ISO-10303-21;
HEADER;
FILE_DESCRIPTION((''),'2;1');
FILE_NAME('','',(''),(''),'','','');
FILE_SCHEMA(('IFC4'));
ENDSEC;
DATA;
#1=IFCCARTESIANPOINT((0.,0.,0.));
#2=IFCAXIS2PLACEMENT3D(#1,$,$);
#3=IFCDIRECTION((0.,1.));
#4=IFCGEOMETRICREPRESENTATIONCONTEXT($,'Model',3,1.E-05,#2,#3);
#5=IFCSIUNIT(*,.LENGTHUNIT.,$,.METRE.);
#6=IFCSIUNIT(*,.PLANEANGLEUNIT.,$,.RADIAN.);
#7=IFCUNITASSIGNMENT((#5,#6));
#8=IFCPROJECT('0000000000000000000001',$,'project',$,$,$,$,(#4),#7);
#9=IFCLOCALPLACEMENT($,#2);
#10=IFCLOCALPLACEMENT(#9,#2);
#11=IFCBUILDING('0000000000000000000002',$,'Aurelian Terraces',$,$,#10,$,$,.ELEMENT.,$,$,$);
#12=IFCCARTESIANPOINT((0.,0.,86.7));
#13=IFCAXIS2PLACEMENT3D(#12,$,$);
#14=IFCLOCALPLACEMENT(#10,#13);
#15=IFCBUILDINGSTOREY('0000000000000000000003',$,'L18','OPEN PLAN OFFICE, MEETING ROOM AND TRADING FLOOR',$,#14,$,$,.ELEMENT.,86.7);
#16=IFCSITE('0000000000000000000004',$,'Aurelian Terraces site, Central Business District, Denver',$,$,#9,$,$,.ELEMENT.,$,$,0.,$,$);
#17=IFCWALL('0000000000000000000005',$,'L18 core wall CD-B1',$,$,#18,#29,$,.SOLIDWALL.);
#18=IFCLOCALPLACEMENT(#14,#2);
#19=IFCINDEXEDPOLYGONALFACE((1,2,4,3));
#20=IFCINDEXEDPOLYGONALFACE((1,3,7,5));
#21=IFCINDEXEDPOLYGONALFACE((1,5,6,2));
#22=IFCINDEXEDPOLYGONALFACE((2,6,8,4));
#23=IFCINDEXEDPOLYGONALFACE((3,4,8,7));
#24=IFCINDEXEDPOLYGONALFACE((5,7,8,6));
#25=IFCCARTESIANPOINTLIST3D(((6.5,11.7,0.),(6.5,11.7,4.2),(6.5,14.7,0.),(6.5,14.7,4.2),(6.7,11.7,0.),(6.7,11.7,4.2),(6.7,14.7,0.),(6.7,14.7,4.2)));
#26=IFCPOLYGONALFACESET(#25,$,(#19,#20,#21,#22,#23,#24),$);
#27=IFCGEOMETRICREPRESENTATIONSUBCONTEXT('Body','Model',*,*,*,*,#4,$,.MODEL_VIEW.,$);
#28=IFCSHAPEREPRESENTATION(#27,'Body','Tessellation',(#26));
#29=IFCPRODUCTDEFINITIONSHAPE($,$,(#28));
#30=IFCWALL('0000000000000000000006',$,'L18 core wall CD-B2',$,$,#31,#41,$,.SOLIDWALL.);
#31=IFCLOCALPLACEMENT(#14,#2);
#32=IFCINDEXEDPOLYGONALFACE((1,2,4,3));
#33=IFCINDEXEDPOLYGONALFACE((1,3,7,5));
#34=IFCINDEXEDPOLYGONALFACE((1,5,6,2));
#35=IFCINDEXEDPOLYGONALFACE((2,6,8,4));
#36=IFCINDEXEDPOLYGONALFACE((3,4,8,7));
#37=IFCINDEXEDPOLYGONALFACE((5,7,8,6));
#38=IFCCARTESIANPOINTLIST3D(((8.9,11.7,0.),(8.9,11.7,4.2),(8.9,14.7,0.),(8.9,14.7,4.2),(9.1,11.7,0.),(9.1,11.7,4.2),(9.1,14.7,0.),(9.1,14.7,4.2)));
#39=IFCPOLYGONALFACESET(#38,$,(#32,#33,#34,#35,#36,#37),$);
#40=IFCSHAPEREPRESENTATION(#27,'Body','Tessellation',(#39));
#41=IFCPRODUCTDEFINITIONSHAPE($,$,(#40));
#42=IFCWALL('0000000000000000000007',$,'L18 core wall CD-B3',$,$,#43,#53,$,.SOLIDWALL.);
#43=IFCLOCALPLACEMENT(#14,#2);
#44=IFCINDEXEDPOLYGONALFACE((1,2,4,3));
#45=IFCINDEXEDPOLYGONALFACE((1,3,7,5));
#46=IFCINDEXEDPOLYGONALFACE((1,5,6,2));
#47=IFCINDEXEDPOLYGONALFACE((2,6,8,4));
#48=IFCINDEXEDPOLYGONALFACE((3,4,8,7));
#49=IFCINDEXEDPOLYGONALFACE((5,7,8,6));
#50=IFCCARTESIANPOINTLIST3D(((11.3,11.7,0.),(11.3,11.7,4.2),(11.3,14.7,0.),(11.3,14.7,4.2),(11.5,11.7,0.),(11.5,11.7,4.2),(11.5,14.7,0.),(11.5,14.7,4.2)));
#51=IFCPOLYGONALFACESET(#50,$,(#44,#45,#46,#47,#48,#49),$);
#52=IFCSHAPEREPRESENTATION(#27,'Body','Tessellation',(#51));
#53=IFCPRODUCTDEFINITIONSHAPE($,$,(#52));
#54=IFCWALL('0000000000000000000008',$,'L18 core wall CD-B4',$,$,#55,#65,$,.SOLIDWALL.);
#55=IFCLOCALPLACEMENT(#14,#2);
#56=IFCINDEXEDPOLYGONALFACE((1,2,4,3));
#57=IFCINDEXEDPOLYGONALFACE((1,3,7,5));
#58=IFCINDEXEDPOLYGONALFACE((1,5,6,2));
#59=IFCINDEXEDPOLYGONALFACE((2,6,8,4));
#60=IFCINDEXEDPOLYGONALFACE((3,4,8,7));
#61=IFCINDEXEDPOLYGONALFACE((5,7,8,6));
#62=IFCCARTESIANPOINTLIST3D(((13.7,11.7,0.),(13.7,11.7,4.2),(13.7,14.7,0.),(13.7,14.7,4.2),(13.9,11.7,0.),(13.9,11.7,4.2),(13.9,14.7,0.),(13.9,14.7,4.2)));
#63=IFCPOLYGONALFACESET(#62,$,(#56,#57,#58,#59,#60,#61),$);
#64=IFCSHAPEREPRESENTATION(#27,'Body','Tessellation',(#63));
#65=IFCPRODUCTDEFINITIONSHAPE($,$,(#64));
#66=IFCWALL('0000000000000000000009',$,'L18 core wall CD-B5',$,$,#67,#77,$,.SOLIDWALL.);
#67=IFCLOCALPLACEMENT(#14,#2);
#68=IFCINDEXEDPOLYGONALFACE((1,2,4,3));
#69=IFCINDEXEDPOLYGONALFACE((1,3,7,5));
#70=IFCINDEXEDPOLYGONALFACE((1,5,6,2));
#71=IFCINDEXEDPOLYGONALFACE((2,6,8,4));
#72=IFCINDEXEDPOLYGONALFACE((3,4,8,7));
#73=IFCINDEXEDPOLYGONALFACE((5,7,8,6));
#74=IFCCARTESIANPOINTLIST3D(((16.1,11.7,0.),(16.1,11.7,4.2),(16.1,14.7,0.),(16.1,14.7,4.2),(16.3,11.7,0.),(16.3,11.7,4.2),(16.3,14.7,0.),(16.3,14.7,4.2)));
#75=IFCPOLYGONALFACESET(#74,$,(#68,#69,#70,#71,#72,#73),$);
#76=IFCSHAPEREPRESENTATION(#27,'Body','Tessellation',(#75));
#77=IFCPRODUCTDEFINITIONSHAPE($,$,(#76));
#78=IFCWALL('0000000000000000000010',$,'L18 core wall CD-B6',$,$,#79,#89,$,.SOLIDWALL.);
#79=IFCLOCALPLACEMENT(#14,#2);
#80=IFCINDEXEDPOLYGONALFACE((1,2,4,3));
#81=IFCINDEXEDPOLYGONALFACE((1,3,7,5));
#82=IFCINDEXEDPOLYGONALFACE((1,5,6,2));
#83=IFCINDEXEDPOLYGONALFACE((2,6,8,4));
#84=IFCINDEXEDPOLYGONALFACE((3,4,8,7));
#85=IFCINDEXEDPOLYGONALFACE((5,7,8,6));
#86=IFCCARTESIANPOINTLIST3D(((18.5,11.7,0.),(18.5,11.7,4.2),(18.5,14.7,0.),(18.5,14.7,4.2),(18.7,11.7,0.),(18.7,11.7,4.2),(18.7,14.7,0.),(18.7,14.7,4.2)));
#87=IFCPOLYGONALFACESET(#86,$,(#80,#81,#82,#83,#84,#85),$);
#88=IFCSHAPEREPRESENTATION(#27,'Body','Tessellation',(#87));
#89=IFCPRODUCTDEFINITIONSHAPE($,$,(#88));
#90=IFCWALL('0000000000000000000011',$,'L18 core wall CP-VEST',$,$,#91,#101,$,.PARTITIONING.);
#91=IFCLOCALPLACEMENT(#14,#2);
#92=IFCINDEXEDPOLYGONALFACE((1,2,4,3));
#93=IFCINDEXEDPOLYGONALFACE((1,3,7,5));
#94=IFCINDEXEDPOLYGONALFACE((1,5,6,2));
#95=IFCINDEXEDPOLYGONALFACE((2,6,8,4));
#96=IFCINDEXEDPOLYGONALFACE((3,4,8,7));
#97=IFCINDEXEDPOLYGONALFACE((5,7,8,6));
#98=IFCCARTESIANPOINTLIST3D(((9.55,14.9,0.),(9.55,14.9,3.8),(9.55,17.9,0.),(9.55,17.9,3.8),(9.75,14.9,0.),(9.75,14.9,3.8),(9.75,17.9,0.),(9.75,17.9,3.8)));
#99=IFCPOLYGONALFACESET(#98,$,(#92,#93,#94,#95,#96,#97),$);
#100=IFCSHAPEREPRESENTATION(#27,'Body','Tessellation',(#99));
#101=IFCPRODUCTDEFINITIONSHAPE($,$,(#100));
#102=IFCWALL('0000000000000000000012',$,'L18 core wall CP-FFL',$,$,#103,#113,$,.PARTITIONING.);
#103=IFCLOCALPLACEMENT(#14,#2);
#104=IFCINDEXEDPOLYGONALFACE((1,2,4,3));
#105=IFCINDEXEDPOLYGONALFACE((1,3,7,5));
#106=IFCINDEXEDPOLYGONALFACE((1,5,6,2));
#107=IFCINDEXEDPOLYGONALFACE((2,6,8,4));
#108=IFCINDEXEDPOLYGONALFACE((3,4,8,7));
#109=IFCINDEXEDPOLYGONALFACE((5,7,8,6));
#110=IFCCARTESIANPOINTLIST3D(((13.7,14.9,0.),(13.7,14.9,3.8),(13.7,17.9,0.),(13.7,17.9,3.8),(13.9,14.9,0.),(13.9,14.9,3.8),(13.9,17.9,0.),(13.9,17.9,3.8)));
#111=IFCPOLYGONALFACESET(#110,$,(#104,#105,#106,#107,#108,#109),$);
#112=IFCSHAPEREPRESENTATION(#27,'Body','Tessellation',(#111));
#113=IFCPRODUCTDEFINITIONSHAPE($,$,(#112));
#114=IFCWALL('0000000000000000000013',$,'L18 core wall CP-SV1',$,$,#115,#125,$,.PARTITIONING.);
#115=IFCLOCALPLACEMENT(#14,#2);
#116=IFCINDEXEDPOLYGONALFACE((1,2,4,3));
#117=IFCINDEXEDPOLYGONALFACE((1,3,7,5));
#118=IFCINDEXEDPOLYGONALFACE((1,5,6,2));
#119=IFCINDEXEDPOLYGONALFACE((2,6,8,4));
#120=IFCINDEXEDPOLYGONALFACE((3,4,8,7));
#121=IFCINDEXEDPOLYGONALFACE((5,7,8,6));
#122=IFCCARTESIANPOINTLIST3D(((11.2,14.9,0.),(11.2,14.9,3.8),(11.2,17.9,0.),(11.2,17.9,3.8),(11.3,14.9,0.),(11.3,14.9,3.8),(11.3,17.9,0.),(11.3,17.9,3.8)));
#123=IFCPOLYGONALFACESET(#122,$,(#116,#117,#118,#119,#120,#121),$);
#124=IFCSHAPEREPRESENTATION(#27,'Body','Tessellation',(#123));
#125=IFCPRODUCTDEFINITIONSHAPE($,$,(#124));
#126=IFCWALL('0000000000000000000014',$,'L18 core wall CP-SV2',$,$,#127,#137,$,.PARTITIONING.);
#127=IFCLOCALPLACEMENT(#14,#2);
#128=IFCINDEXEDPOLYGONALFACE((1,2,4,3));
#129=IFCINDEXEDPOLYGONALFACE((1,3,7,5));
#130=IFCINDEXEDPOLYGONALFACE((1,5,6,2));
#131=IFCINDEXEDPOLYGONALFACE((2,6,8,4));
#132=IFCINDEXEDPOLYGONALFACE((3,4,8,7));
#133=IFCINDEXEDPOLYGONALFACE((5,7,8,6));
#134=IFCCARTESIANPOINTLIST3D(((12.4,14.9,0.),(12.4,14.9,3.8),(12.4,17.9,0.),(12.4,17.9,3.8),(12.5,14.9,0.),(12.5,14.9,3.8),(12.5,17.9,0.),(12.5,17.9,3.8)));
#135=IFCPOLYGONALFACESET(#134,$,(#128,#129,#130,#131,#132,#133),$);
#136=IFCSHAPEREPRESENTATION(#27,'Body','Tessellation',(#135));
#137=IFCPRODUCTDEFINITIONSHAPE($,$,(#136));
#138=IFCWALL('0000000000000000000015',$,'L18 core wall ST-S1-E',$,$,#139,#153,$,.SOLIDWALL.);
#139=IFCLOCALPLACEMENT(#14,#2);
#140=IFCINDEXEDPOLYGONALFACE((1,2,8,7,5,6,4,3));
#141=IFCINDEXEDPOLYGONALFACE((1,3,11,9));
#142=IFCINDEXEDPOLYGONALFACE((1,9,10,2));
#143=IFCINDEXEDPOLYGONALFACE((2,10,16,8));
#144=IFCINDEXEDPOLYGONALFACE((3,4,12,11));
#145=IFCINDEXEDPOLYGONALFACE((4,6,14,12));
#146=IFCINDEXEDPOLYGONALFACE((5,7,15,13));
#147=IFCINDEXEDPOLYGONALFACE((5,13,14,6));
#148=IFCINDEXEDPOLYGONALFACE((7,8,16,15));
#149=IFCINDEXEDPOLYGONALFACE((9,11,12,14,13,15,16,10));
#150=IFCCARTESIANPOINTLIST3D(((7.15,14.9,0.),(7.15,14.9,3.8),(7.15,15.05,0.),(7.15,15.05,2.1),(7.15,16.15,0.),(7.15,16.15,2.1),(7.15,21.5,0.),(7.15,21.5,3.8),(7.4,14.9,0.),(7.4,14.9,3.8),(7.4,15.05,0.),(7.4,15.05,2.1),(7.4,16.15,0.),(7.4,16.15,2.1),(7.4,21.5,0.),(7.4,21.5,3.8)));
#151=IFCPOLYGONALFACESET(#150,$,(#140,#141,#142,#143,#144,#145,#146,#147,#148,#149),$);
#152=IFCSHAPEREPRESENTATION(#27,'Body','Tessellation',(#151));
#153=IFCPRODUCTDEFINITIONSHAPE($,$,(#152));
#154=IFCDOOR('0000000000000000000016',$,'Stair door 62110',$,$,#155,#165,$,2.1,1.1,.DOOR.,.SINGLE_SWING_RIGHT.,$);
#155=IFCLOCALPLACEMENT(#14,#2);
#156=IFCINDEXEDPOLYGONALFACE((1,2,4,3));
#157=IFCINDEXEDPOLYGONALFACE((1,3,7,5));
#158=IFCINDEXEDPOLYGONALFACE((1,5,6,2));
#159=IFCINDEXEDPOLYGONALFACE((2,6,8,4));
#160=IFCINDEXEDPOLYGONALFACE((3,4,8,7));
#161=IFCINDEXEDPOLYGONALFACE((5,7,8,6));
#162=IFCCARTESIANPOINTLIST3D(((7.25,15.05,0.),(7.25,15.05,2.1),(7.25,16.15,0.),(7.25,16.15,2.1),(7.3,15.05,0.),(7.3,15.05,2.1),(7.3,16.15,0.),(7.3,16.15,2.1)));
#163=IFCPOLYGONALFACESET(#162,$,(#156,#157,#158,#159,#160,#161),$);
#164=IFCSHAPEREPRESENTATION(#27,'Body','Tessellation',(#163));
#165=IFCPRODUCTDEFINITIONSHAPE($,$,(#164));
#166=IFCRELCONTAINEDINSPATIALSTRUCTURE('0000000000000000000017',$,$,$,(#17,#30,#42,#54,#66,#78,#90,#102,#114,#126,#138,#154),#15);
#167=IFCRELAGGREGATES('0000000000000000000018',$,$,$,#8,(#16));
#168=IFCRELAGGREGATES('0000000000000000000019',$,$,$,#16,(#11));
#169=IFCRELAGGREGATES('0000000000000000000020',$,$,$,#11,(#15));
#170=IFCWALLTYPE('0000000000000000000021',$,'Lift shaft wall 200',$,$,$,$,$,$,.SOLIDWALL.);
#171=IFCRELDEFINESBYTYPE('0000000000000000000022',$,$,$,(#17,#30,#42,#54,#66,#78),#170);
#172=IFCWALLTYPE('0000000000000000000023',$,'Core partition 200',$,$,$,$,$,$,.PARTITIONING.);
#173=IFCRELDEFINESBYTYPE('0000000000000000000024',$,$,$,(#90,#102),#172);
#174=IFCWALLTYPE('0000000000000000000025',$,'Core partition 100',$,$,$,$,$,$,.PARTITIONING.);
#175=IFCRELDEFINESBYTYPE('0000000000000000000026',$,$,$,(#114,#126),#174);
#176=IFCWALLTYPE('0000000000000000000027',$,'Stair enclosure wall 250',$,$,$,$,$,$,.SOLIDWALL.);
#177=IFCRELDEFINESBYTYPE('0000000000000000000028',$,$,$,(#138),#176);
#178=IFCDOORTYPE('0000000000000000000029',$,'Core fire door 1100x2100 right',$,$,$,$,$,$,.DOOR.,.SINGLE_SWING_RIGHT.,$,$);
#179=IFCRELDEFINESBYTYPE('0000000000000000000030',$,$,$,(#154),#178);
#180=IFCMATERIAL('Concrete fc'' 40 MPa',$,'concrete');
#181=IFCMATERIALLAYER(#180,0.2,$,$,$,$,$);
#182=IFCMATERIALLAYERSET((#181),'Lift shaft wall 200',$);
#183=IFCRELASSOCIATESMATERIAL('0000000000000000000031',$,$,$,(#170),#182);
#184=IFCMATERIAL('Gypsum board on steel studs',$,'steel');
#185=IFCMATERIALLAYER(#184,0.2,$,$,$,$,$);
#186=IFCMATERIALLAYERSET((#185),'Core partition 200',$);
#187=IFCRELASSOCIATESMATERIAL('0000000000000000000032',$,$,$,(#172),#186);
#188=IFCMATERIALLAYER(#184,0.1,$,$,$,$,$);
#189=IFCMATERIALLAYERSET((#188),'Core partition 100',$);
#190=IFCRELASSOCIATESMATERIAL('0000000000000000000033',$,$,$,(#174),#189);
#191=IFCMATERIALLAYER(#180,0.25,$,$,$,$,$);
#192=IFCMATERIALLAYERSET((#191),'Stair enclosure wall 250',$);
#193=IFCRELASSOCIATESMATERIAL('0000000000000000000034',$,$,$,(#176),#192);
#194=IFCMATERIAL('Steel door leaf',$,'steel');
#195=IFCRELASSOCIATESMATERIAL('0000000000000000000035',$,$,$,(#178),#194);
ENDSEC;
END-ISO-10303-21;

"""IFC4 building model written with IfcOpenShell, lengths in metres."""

from ifc_helpers import new_model, si_unit, direction, frame, frame_2d, origin, place, context, subcontext, project, spatial, rectangle, extrude, source, transform, mapped, material, layer, layer_set, type_object, element, fill, save


model = new_model("IFC4")

# Units and contexts
model_context = context("Model", 3, precision=1e-05, world=origin(), true_north=direction((0.0, 1.0)))
body_context = subcontext(model_context, "Body", "Model", "MODEL_VIEW")
ifc_project = project(units=[si_unit("LENGTHUNIT", "METRE"), si_unit("PLANEANGLEUNIT", "RADIAN")], contexts=[model_context])

# Site, building, storey
site_placement = place(None, origin())
site = spatial("IfcSite", under=ifc_project, at=site_placement, Name="Aurelian Terraces site, Central Business District, Denver", CompositionType="ELEMENT", RefElevation=0.0)
building_placement = place(site_placement, origin())
building = spatial("IfcBuilding", under=site, at=building_placement, Name="Aurelian Terraces", CompositionType="ELEMENT")
storey_placement = place(building_placement, frame((0.0, 0.0, 86.7)))
storey = spatial("IfcBuildingStorey", under=building, at=storey_placement, Name="L18", Description="OPEN PLAN OFFICE, MEETING ROOM AND TRADING FLOOR", CompositionType="ELEMENT", Elevation=86.7)

# Walls
ifc_material_1 = material(Name="Concrete fc' 40 MPa", Category="concrete")
ifc_layer_1 = layer(ifc_material_1, 0.2)
ifc_layer_set_1 = layer_set([ifc_layer_1], Name="Lift shaft wall 200")
wall_type_1 = type_object("IfcWallType", Name="Lift shaft wall 200", PredefinedType="SOLIDWALL", material=ifc_layer_set_1)
shared_shape_1 = source(origin(), body_context, "Body", "SweptSolid", [
    extrude(rectangle(XDim=3.0, YDim=0.2, at=frame_2d((1.5, 0.0))), origin(), (0.0, 0.0, 1.0), 4.2),
])
for number, where, z_axis, x_axis, name in (
    (1, (6.6, 11.7, 0.0), (0.0, 0.0, 1.0), (0.0, 1.0, 0.0), "L18 core wall CD-B1"),
    (2, (9.0, 11.7, 0.0), (0.0, 0.0, 1.0), (0.0, 1.0, 0.0), "L18 core wall CD-B2"),
    (3, (11.4, 11.7, 0.0), (0.0, 0.0, 1.0), (0.0, 1.0, 0.0), "L18 core wall CD-B3"),
    (4, (13.8, 11.7, 0.0), (0.0, 0.0, 1.0), (0.0, 1.0, 0.0), "L18 core wall CD-B4"),
    (5, (16.2, 11.7, 0.0), (0.0, 0.0, 1.0), (0.0, 1.0, 0.0), "L18 core wall CD-B5"),
    (6, (18.6, 11.7, 0.0), (0.0, 0.0, 1.0), (0.0, 1.0, 0.0), "L18 core wall CD-B6"),
):
    element("IfcWall", number, at=place(storey_placement, frame(where, z_axis=z_axis, x_axis=x_axis)), inside=storey, type_object=wall_type_1, Name=name, PredefinedType="SOLIDWALL", context=body_context, shape_type="MappedRepresentation", body=[
        mapped(shared_shape_1, transform((0.0, 0.0, 0.0), scale=1.0)),
    ])
ifc_material_2 = material(Name="Gypsum board on steel studs", Category="steel")
ifc_layer_2 = layer(ifc_material_2, 0.2)
ifc_layer_set_2 = layer_set([ifc_layer_2], Name="Core partition 200")
wall_type_2 = type_object("IfcWallType", Name="Core partition 200", PredefinedType="PARTITIONING", material=ifc_layer_set_2)
shared_shape_2 = source(origin(), body_context, "Body", "SweptSolid", [
    extrude(rectangle(XDim=3.0, YDim=0.2, at=frame_2d((1.5, 0.0))), origin(), (0.0, 0.0, 1.0), 3.8),
])
for number, where, z_axis, x_axis, name in (
    (7, (9.65, 14.9, 0.0), (0.0, 0.0, 1.0), (0.0, 1.0, 0.0), "L18 core wall CP-VEST"),
    (8, (13.8, 14.9, 0.0), (0.0, 0.0, 1.0), (0.0, 1.0, 0.0), "L18 core wall CP-FFL"),
):
    element("IfcWall", number, at=place(storey_placement, frame(where, z_axis=z_axis, x_axis=x_axis)), inside=storey, type_object=wall_type_2, Name=name, PredefinedType="PARTITIONING", context=body_context, shape_type="MappedRepresentation", body=[
        mapped(shared_shape_2, transform((0.0, 0.0, 0.0), scale=1.0)),
    ])
ifc_layer_3 = layer(ifc_material_2, 0.1)
ifc_layer_set_3 = layer_set([ifc_layer_3], Name="Core partition 100")
wall_type_3 = type_object("IfcWallType", Name="Core partition 100", PredefinedType="PARTITIONING", material=ifc_layer_set_3)
shared_shape_3 = source(origin(), body_context, "Body", "SweptSolid", [
    extrude(rectangle(XDim=3.0, YDim=0.1, at=frame_2d((1.5, 0.0))), origin(), (0.0, 0.0, 1.0), 3.8),
])
for number, where, z_axis, x_axis, name in (
    (9, (11.25, 14.9, 0.0), (0.0, 0.0, 1.0), (0.0, 1.0, 0.0), "L18 core wall CP-SV1"),
    (10, (12.45, 14.9, 0.0), (0.0, 0.0, 1.0), (0.0, 1.0, 0.0), "L18 core wall CP-SV2"),
):
    element("IfcWall", number, at=place(storey_placement, frame(where, z_axis=z_axis, x_axis=x_axis)), inside=storey, type_object=wall_type_3, Name=name, PredefinedType="PARTITIONING", context=body_context, shape_type="MappedRepresentation", body=[
        mapped(shared_shape_3, transform((0.0, 0.0, 0.0), scale=1.0)),
    ])

# Wall, opening, door
ifc_layer_4 = layer(ifc_material_1, 0.25)
ifc_layer_set_4 = layer_set([ifc_layer_4], Name="Stair enclosure wall 250")
wall_type_4 = type_object("IfcWallType", Name="Stair enclosure wall 250", PredefinedType="SOLIDWALL", material=ifc_layer_set_4)
shared_shape_4 = source(origin(), body_context, "Body", "SweptSolid", [
    extrude(rectangle(XDim=6.6, YDim=0.25, at=frame_2d((3.3, 0.0))), origin(), (0.0, 0.0, 1.0), 3.8),
])
wall_1_placement = place(storey_placement, frame((7.275, 14.9, 0.0), z_axis=(0.0, 0.0, 1.0), x_axis=(0.0, 1.0, 0.0)))
wall_1 = element("IfcWall", 11, at=wall_1_placement, inside=storey, type_object=wall_type_4, Name="L18 core wall ST-S1-E", PredefinedType="SOLIDWALL", context=body_context, shape_type="MappedRepresentation", body=[
    mapped(shared_shape_4, transform((0.0, 0.0, 0.0), scale=1.0)),
])
shared_shape_5 = source(origin(), body_context, "Body", "SweptSolid", [
    extrude(rectangle(XDim=1.1, YDim=2.1, at=frame_2d((0.55, 1.05))), frame((0.0, 0.135, 0.0), z_axis=(0.0, -1.0, 0.0), x_axis=(1.0, 0.0, 0.0)), (0.0, 0.0, 1.0), 0.27),
])
opening_1_placement = place(wall_1_placement, frame((0.15, 0.0, 0.0)))
opening_1 = element("IfcOpeningElement", 12, at=opening_1_placement, cuts=wall_1, PredefinedType="OPENING", context=body_context, shape_type="MappedRepresentation", body=[
    mapped(shared_shape_5, transform((0.0, 0.0, 0.0), scale=1.0)),
])
ifc_material_3 = material(Name="Steel door leaf", Category="steel")
door_type_1 = type_object("IfcDoorType", Name="Core fire door 1100x2100 right", OperationType="SINGLE_SWING_RIGHT", PredefinedType="DOOR", material=ifc_material_3)
shared_shape_6 = source(origin(), body_context, "Body", "SweptSolid", [
    extrude(rectangle(XDim=1.1, YDim=2.1, at=frame_2d((0.55, 1.05))), frame((0.0, 0.025, 0.0), z_axis=(0.0, -1.0, 0.0), x_axis=(1.0, 0.0, 0.0)), (0.0, 0.0, 1.0), 0.05),
])
door_1_placement = place(opening_1_placement, origin())
door_1 = element("IfcDoor", 13, at=door_1_placement, inside=storey, type_object=door_type_1, Name="Stair door 62110", OperationType="SINGLE_SWING_RIGHT", OverallHeight=2.1, OverallWidth=1.1, PredefinedType="DOOR", context=body_context, shape_type="MappedRepresentation", body=[
    mapped(shared_shape_6, transform((0.0, 0.0, 0.0), scale=1.0)),
])
fill(opening_1, door_1)

save(model, "model.ifc")
